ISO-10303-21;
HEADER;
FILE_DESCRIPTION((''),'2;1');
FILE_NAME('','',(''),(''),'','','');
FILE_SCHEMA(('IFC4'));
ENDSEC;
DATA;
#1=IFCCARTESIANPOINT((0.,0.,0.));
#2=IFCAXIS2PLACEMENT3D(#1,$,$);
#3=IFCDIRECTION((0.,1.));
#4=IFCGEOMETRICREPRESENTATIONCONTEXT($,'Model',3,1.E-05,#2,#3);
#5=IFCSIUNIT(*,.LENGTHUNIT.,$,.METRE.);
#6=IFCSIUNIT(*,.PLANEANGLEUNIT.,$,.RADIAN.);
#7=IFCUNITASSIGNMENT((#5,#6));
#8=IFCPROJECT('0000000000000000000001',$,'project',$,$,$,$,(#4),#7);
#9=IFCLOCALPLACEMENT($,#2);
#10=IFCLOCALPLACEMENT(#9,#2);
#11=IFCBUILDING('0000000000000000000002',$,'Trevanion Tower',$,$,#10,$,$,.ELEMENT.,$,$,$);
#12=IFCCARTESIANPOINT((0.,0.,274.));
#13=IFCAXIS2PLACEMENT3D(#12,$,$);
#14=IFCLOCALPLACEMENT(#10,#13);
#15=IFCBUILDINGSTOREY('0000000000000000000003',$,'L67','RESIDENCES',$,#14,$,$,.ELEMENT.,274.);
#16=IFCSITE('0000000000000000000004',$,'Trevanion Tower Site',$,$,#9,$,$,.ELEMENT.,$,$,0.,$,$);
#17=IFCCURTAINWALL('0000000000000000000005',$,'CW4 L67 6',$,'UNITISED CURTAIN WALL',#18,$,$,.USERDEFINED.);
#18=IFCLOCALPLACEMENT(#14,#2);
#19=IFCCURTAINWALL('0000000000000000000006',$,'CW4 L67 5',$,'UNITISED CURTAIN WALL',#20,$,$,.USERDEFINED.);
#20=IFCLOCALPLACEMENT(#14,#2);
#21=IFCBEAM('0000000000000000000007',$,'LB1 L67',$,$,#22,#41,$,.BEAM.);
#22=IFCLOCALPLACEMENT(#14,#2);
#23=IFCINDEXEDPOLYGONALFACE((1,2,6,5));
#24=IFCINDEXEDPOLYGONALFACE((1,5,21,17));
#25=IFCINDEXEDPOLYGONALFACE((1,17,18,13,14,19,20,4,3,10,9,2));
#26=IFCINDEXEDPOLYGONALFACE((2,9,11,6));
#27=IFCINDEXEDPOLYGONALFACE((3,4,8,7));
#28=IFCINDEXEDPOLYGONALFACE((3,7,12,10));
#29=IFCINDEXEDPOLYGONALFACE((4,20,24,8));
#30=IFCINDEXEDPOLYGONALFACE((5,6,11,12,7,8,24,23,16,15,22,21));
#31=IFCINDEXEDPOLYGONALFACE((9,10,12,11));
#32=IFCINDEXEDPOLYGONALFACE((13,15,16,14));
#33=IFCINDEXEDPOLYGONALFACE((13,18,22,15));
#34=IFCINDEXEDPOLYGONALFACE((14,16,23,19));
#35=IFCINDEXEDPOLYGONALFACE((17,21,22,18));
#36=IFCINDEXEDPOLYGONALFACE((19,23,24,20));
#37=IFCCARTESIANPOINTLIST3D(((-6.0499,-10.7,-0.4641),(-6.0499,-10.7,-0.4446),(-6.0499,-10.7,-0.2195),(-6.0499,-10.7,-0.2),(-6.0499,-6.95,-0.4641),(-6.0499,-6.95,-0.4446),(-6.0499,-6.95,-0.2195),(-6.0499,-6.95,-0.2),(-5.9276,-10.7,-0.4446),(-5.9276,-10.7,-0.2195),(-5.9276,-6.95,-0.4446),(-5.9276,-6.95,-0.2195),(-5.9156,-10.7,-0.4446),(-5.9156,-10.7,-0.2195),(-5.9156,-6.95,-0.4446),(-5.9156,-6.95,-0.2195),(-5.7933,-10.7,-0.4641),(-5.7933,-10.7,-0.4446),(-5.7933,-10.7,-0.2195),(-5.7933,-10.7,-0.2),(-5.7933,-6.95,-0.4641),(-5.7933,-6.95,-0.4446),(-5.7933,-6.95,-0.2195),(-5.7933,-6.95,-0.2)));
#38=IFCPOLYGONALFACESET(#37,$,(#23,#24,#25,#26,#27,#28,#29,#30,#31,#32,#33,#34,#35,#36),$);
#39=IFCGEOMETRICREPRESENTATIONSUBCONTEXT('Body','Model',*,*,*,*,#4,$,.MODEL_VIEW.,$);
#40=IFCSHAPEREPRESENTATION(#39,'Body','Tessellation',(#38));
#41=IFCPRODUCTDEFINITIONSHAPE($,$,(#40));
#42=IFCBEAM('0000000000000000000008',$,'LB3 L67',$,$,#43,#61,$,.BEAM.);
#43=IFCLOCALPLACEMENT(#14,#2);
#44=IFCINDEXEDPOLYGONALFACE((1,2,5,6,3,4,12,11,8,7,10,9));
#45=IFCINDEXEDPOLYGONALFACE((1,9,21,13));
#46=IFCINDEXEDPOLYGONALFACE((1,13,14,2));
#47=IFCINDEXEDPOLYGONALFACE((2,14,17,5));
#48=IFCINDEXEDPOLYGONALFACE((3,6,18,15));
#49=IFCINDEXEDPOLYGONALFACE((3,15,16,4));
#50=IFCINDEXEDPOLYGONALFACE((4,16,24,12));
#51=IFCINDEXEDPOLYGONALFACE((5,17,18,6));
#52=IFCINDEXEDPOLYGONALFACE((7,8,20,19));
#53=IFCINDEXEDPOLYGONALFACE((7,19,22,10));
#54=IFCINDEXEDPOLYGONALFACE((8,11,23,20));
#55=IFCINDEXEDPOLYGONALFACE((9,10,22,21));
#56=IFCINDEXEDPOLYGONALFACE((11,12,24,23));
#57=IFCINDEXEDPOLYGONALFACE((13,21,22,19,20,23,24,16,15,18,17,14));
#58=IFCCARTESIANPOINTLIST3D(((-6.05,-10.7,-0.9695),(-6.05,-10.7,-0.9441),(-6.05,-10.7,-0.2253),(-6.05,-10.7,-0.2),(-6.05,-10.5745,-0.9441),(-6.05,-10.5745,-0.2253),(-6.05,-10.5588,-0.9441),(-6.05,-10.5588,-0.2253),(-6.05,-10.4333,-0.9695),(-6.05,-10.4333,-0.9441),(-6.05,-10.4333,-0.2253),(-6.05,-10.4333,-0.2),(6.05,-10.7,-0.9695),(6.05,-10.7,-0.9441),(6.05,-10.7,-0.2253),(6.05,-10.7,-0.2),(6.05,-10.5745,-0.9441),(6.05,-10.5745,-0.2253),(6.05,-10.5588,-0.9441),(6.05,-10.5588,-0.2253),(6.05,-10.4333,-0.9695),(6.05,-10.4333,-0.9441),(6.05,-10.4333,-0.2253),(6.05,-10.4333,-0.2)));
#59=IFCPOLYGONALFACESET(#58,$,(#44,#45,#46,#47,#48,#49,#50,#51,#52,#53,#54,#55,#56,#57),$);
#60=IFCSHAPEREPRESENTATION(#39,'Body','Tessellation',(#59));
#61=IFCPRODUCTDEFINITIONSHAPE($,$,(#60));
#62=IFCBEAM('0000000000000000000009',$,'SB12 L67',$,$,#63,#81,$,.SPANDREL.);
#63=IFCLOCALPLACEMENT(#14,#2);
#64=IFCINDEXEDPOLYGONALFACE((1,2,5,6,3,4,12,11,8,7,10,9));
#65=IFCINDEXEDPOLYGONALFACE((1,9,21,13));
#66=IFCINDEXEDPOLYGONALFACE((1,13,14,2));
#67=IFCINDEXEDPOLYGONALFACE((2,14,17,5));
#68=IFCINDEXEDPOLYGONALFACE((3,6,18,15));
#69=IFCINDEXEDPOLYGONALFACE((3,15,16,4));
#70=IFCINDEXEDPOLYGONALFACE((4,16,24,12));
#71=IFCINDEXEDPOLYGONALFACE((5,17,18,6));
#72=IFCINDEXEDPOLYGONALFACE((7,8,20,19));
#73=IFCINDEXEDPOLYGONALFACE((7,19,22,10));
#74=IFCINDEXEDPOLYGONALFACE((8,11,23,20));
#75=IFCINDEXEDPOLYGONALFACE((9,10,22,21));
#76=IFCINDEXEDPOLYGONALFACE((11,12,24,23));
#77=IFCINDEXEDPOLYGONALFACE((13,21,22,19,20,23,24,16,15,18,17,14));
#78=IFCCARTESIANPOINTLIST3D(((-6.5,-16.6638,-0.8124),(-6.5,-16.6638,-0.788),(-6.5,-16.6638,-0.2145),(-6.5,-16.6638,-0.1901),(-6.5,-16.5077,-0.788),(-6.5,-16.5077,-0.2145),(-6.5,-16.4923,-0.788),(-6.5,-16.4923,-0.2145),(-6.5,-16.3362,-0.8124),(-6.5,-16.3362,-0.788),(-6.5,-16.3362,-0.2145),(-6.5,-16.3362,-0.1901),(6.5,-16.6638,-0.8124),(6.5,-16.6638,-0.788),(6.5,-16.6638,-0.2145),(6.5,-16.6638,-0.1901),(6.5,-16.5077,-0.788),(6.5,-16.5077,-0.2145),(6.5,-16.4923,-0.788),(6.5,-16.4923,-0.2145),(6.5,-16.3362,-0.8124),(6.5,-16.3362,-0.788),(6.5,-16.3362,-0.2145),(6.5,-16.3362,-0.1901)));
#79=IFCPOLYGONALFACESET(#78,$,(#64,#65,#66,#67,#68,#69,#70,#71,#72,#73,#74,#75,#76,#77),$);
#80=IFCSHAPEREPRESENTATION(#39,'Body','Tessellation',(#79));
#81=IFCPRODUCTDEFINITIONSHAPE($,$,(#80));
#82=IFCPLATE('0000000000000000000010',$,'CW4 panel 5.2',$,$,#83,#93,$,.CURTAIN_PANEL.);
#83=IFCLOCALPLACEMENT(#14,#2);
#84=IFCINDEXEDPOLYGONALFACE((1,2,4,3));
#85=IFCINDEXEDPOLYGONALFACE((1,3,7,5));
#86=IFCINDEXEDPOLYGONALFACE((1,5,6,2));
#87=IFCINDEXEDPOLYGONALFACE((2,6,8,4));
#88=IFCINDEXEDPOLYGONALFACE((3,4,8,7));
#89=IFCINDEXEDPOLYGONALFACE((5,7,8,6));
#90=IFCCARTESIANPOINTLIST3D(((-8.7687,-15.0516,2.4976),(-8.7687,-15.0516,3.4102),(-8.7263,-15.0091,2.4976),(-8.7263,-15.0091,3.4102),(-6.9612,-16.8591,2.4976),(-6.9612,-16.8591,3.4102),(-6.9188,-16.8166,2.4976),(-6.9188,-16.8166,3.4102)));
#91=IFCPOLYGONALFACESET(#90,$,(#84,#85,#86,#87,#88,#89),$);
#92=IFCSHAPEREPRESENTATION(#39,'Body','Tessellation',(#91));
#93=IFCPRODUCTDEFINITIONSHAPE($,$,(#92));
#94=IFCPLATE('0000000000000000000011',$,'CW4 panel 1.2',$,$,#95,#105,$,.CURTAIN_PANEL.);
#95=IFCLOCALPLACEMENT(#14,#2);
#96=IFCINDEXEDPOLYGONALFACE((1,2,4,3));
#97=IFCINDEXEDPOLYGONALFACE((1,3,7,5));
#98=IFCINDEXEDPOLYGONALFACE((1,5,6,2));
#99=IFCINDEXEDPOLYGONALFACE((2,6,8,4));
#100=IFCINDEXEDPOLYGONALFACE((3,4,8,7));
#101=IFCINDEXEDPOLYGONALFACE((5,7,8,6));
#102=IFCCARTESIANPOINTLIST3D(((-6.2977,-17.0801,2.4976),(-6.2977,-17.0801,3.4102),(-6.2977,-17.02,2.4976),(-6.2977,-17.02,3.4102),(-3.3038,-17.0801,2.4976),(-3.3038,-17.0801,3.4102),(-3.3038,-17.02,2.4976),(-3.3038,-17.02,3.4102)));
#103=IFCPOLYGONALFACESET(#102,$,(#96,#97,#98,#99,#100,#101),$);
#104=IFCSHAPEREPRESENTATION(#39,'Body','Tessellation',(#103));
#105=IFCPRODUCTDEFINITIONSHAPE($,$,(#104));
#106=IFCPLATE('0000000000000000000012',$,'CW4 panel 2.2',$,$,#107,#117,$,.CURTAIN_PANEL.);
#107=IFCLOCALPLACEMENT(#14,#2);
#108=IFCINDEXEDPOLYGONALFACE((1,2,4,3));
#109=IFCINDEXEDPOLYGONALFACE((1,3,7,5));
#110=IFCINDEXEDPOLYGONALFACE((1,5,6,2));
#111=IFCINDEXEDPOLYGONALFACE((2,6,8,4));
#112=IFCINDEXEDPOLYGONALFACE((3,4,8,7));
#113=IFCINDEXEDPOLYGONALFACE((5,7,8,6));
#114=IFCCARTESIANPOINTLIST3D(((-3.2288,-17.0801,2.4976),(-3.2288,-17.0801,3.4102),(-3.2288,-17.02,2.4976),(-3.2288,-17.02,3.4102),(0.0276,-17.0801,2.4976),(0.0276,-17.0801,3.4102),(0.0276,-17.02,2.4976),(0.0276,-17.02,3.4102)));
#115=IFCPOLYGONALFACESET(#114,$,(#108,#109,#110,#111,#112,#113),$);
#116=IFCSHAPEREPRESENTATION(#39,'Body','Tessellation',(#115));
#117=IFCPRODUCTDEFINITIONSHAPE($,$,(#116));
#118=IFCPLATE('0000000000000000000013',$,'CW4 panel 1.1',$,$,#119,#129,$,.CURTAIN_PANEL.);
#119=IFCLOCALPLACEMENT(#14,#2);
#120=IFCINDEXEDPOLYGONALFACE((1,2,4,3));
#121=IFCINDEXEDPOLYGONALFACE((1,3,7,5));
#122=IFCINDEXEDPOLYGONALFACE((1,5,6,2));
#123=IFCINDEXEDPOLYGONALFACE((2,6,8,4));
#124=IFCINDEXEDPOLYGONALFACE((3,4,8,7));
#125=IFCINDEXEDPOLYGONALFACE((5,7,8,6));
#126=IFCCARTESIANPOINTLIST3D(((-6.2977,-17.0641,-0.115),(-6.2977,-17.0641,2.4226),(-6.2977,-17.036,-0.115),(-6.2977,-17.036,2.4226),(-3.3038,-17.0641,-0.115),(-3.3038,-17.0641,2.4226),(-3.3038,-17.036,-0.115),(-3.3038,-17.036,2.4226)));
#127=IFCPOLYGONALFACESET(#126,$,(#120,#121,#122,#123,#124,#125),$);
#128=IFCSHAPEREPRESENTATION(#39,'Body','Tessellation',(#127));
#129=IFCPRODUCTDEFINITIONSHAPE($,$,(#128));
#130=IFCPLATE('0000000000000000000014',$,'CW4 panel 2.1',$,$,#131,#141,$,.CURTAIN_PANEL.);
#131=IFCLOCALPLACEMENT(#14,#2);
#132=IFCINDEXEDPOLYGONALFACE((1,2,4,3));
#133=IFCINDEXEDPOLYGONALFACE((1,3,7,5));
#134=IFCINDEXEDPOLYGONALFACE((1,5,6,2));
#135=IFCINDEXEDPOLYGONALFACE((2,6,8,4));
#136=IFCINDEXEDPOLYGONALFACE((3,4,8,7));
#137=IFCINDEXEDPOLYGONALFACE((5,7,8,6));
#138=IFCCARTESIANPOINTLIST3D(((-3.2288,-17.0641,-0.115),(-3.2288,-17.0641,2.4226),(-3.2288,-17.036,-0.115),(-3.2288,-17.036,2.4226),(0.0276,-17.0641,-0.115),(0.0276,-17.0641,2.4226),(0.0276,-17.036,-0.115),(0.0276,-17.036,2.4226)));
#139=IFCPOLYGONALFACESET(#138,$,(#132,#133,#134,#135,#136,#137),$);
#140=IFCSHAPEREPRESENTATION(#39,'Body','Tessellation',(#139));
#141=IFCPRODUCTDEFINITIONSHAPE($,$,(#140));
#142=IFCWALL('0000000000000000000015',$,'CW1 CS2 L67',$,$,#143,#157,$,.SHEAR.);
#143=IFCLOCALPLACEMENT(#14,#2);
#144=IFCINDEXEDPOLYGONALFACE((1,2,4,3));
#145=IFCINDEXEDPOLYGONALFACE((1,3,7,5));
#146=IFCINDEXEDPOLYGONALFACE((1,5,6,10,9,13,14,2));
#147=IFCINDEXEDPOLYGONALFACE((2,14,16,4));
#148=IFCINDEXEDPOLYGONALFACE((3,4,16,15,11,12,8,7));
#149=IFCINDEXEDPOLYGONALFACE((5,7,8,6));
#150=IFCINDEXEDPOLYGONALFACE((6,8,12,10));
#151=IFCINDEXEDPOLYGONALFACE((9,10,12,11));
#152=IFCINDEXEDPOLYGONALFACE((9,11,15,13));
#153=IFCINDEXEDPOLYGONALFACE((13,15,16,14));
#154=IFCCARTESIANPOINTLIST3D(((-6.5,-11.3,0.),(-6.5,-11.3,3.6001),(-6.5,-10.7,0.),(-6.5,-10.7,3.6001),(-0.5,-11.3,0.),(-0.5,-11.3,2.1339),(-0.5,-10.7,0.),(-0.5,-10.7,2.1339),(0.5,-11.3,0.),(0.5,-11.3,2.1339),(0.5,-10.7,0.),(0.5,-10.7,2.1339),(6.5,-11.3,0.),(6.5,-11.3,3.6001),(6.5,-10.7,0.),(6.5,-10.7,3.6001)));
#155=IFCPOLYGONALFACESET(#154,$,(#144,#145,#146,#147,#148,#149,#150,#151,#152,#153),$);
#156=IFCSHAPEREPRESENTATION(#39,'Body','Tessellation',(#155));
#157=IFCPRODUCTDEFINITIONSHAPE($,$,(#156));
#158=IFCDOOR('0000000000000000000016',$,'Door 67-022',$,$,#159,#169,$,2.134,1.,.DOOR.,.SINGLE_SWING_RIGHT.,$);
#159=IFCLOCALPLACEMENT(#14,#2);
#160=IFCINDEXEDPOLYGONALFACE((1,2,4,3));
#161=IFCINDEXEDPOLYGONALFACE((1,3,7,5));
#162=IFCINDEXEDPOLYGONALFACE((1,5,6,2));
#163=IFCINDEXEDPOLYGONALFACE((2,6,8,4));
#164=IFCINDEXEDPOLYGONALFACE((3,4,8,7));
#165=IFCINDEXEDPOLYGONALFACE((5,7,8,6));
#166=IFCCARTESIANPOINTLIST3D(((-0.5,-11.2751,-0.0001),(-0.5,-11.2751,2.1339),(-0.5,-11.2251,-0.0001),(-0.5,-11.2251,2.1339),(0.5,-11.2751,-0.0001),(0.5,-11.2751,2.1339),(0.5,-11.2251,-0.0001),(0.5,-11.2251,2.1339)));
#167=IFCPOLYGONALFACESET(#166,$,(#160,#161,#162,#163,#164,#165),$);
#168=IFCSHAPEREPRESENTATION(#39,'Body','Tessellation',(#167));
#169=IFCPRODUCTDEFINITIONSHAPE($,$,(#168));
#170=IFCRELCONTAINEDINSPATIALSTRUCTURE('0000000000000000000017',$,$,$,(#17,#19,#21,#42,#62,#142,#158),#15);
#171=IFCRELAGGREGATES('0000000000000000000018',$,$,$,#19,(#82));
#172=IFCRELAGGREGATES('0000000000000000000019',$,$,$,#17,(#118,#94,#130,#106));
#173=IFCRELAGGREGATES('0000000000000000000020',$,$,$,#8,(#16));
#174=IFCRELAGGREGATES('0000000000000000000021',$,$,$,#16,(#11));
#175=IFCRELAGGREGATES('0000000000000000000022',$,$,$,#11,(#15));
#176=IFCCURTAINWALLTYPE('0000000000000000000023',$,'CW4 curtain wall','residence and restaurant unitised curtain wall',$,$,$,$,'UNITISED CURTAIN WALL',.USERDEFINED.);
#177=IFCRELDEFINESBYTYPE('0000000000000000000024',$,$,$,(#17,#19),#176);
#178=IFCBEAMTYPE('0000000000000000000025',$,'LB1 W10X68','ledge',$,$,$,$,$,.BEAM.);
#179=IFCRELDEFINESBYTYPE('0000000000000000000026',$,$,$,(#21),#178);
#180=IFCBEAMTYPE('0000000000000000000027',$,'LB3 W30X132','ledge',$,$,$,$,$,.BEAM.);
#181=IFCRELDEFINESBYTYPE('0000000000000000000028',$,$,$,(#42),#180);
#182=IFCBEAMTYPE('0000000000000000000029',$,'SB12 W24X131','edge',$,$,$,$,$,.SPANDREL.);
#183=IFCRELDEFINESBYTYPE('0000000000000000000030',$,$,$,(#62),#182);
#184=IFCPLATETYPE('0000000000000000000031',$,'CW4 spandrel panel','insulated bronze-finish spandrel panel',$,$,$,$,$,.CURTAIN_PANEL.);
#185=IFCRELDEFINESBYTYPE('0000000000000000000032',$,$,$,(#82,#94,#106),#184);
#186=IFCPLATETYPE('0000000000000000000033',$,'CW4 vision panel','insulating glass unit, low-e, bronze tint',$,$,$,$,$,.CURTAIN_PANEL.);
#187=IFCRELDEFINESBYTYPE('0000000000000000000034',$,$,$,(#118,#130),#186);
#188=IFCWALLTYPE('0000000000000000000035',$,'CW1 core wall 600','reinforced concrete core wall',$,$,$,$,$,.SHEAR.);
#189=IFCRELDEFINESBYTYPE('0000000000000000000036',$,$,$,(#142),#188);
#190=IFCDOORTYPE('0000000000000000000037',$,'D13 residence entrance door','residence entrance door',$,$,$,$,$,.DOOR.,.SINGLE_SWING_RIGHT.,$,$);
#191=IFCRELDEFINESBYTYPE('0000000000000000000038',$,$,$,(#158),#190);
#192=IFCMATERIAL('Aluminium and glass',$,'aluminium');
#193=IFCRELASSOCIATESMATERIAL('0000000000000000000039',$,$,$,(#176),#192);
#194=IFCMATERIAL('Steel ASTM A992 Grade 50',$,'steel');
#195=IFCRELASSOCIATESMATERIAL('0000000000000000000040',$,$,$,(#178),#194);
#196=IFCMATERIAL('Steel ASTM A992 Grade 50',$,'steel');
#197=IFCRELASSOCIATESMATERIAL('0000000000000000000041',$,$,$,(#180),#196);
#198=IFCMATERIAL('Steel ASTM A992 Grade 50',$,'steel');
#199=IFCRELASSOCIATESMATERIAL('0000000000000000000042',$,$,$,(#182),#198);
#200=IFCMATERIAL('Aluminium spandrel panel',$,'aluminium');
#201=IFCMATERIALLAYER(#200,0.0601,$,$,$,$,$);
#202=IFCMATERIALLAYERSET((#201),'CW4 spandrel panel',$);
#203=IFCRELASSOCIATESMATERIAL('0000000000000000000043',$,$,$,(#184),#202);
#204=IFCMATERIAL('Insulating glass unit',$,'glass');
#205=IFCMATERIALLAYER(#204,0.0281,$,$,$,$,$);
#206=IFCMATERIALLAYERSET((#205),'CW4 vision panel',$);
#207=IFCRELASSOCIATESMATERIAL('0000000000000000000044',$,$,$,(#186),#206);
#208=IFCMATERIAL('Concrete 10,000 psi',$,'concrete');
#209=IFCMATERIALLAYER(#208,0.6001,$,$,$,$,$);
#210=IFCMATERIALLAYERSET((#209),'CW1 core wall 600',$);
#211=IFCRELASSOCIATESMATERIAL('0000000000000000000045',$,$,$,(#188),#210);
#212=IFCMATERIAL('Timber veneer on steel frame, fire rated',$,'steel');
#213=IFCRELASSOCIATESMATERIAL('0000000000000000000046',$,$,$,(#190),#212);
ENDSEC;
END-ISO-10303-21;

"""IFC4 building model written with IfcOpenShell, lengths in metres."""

from ifc_helpers import new_model, si_unit, direction, frame, frame_2d, origin, origin_2d, place, context, subcontext, project, spatial, rectangle, i_section, extrude, material, layer, layer_set, material_profile, profile_set, type_object, element, fill, aggregate, save


model = new_model("IFC4")

# Units and contexts
model_context = context("Model", 3, precision=1e-05, world=origin(), true_north=direction((0.0, 1.0)))
body_context = subcontext(model_context, "Body", "Model", "MODEL_VIEW")
ifc_project = project(units=[si_unit("LENGTHUNIT", "METRE"), si_unit("PLANEANGLEUNIT", "RADIAN")], contexts=[model_context])

# Site, building, storey
site_placement = place(None, origin())
site = spatial("IfcSite", under=ifc_project, at=site_placement, Name="Trevanion Tower Site", CompositionType="ELEMENT", RefElevation=0.0)
building_placement = place(site_placement, origin())
building = spatial("IfcBuilding", under=site, at=building_placement, Name="Trevanion Tower", CompositionType="ELEMENT")
storey_placement = place(building_placement, frame((0.0, 0.0, 274.0)))
storey = spatial("IfcBuildingStorey", under=building, at=storey_placement, Name="L67", Description="RESIDENCES", CompositionType="ELEMENT", Elevation=274.0)

# Curtain walls
ifc_material_1 = material(Name="Aluminium and glass", Category="aluminium")
curtain_wall_type = type_object("IfcCurtainWallType", Name="CW4 curtain wall", Description="residence and restaurant unitised curtain wall", ElementType="UNITISED CURTAIN WALL", PredefinedType="USERDEFINED", material=ifc_material_1)
curtain_wall_1_placement = place(storey_placement, origin())
curtain_wall_1 = element("IfcCurtainWall", 1, at=curtain_wall_1_placement, inside=storey, type_object=curtain_wall_type, Name="CW4 L67 6", ObjectType="UNITISED CURTAIN WALL", PredefinedType="USERDEFINED")
curtain_wall_2_placement = place(storey_placement, origin())
curtain_wall_2 = element("IfcCurtainWall", 2, at=curtain_wall_2_placement, inside=storey, type_object=curtain_wall_type, Name="CW4 L67 5", ObjectType="UNITISED CURTAIN WALL", PredefinedType="USERDEFINED")

# Beams
ifc_material_2 = material(Name="Steel ASTM A992 Grade 50", Category="steel")
ifc_material_profile_1 = material_profile(ifc_material_2, i_section(OverallWidth=0.2566, OverallDepth=0.2642, WebThickness=0.012, FlangeThickness=0.0195, at=origin_2d()), Name="W10X68")
ifc_profile_set_1 = profile_set([ifc_material_profile_1], Name="Steel ASTM A992 Grade 50")
beam_type_1 = type_object("IfcBeamType", Name="LB1 W10X68", Description="ledge", PredefinedType="BEAM", material=ifc_profile_set_1)
beam_1_placement = place(storey_placement, frame((-5.9216, -10.7, -0.332), z_axis=(0.0, 1.0, 0.0), x_axis=(-1.0, 0.0, 0.0)))
element("IfcBeam", 3, at=beam_1_placement, inside=storey, type_object=beam_type_1, Name="LB1 L67", PredefinedType="BEAM", context=body_context, shape_type="SweptSolid", body=[
    extrude(i_section(OverallWidth=0.2566, OverallDepth=0.2642, WebThickness=0.012, FlangeThickness=0.0195, at=origin_2d()), origin(), (0.0, 0.0, 1.0), 3.75),
])
ifc_material_3 = material(Name="Steel ASTM A992 Grade 50", Category="steel")
ifc_material_profile_2 = material_profile(ifc_material_3, i_section(OverallWidth=0.2666, OverallDepth=0.7695, WebThickness=0.0156, FlangeThickness=0.0254, at=origin_2d()), Name="W30X132")
ifc_profile_set_2 = profile_set([ifc_material_profile_2], Name="Steel ASTM A992 Grade 50")
beam_type_2 = type_object("IfcBeamType", Name="LB3 W30X132", Description="ledge", PredefinedType="BEAM", material=ifc_profile_set_2)
beam_2_placement = place(storey_placement, frame((-6.05, -10.5667, -0.5847), z_axis=(1.0, 0.0, 0.0), x_axis=(0.0, 1.0, 0.0)))
element("IfcBeam", 4, at=beam_2_placement, inside=storey, type_object=beam_type_2, Name="LB3 L67", PredefinedType="BEAM", context=body_context, shape_type="SweptSolid", body=[
    extrude(i_section(OverallWidth=0.2666, OverallDepth=0.7695, WebThickness=0.0156, FlangeThickness=0.0254, at=origin_2d()), origin(), (0.0, 0.0, 1.0), 12.1001),
])
ifc_material_4 = material(Name="Steel ASTM A992 Grade 50", Category="steel")
ifc_material_profile_3 = material_profile(ifc_material_4, i_section(OverallWidth=0.3276, OverallDepth=0.6223, WebThickness=0.0154, FlangeThickness=0.0244, at=origin_2d()), Name="W24X131")
ifc_profile_set_3 = profile_set([ifc_material_profile_3], Name="Steel ASTM A992 Grade 50")
beam_type_3 = type_object("IfcBeamType", Name="SB12 W24X131", Description="edge", PredefinedType="SPANDREL", material=ifc_profile_set_3)
beam_3_placement = place(storey_placement, frame((-6.5, -16.5, -0.5012), z_axis=(1.0, 0.0, 0.0), x_axis=(0.0, 1.0, 0.0)))
element("IfcBeam", 5, at=beam_3_placement, inside=storey, type_object=beam_type_3, Name="SB12 L67", PredefinedType="SPANDREL", context=body_context, shape_type="SweptSolid", body=[
    extrude(i_section(OverallWidth=0.3276, OverallDepth=0.6223, WebThickness=0.0154, FlangeThickness=0.0244, at=origin_2d()), origin(), (0.0, 0.0, 1.0), 13.0),
])

# Plates
ifc_material_5 = material(Name="Aluminium spandrel panel", Category="aluminium")
ifc_layer_1 = layer(ifc_material_5, 0.0601)
ifc_layer_set_1 = layer_set([ifc_layer_1], Name="CW4 spandrel panel")
plate_type_1 = type_object("IfcPlateType", Name="CW4 spandrel panel", Description="insulated bronze-finish spandrel panel", PredefinedType="CURTAIN_PANEL", material=ifc_layer_set_1)
plate_1_placement = place(storey_placement, frame((-7.8438, -15.9341, 2.4976), z_axis=(0.0, 0.0, 1.0), x_axis=(0.707107, -0.707107, 0.0)))
plate_1 = element("IfcPlate", 6, at=plate_1_placement, type_object=plate_type_1, Name="CW4 panel 5.2", PredefinedType="CURTAIN_PANEL", context=body_context, shape_type="SweptSolid", body=[
    extrude(rectangle(XDim=2.5562, YDim=0.0601, at=origin_2d()), origin(), (0.0, 0.0, 1.0), 0.9126),
])
aggregate(curtain_wall_2, [plate_1])
plate_2_placement = place(storey_placement, frame((-4.8008, -17.05, 2.4976), z_axis=(0.0, 0.0, 1.0), x_axis=(1.0, 0.0, 0.0)))
plate_2 = element("IfcPlate", 7, at=plate_2_placement, type_object=plate_type_1, Name="CW4 panel 1.2", PredefinedType="CURTAIN_PANEL", context=body_context, shape_type="SweptSolid", body=[
    extrude(rectangle(XDim=2.9939, YDim=0.0601, at=origin_2d()), origin(), (0.0, 0.0, 1.0), 0.9126),
])
plate_3_placement = place(storey_placement, frame((-1.6006, -17.05, 2.4976), z_axis=(0.0, 0.0, 1.0), x_axis=(1.0, 0.0, 0.0)))
plate_3 = element("IfcPlate", 8, at=plate_3_placement, type_object=plate_type_1, Name="CW4 panel 2.2", PredefinedType="CURTAIN_PANEL", context=body_context, shape_type="SweptSolid", body=[
    extrude(rectangle(XDim=3.2563, YDim=0.0601, at=origin_2d()), origin(), (0.0, 0.0, 1.0), 0.9126),
])
ifc_material_6 = material(Name="Insulating glass unit", Category="glass")
ifc_layer_2 = layer(ifc_material_6, 0.0281)
ifc_layer_set_2 = layer_set([ifc_layer_2], Name="CW4 vision panel")
plate_type_2 = type_object("IfcPlateType", Name="CW4 vision panel", Description="insulating glass unit, low-e, bronze tint", PredefinedType="CURTAIN_PANEL", material=ifc_layer_set_2)
plate_4_placement = place(storey_placement, frame((-4.8008, -17.05, -0.115), z_axis=(0.0, 0.0, 1.0), x_axis=(1.0, 0.0, 0.0)))
plate_4 = element("IfcPlate", 9, at=plate_4_placement, type_object=plate_type_2, Name="CW4 panel 1.1", PredefinedType="CURTAIN_PANEL", context=body_context, shape_type="SweptSolid", body=[
    extrude(rectangle(XDim=2.9939, YDim=0.0281, at=origin_2d()), origin(), (0.0, 0.0, 1.0), 2.5376),
])
plate_5_placement = place(storey_placement, frame((-1.6006, -17.05, -0.115), z_axis=(0.0, 0.0, 1.0), x_axis=(1.0, 0.0, 0.0)))
plate_5 = element("IfcPlate", 10, at=plate_5_placement, type_object=plate_type_2, Name="CW4 panel 2.1", PredefinedType="CURTAIN_PANEL", context=body_context, shape_type="SweptSolid", body=[
    extrude(rectangle(XDim=3.2563, YDim=0.0281, at=origin_2d()), origin(), (0.0, 0.0, 1.0), 2.5376),
])
aggregate(curtain_wall_1, [plate_4, plate_2, plate_5, plate_3])

# Wall, opening, door
ifc_material_7 = material(Name="Concrete 10,000 psi", Category="concrete")
ifc_layer_3 = layer(ifc_material_7, 0.6001)
ifc_layer_set_3 = layer_set([ifc_layer_3], Name="CW1 core wall 600")
wall_type_1 = type_object("IfcWallType", Name="CW1 core wall 600", Description="reinforced concrete core wall", PredefinedType="SHEAR", material=ifc_layer_set_3)
wall_1_placement = place(storey_placement, frame((-6.5, -11.0, 0.0), z_axis=(0.0, 0.0, 1.0), x_axis=(1.0, 0.0, 0.0)))
wall_1 = element("IfcWall", 11, at=wall_1_placement, inside=storey, type_object=wall_type_1, Name="CW1 CS2 L67", PredefinedType="SHEAR", context=body_context, shape_type="SweptSolid", body=[
    extrude(rectangle(XDim=13.0, YDim=0.6001, at=frame_2d((6.5, 0.0))), origin(), (0.0, 0.0, 1.0), 3.6001),
])
opening_1_placement = place(wall_1_placement, frame((6.0, 0.0, 0.0)))
opening_1 = element("IfcOpeningElement", 12, at=opening_1_placement, cuts=wall_1, PredefinedType="OPENING", context=body_context, shape_type="SweptSolid", body=[
    extrude(rectangle(XDim=1.0, YDim=2.134, at=frame_2d((0.5, 1.0669))), frame((0.0, 0.3101, 0.0), z_axis=(0.0, -1.0, 0.0), x_axis=(1.0, 0.0, 0.0)), (0.0, 0.0, 1.0), 0.6201),
])
ifc_material_8 = material(Name="Timber veneer on steel frame, fire rated", Category="steel")
door_type_1 = type_object("IfcDoorType", Name="D13 residence entrance door", Description="residence entrance door", OperationType="SINGLE_SWING_RIGHT", PredefinedType="DOOR", material=ifc_material_8)
door_1_placement = place(opening_1_placement, origin())
door_1 = element("IfcDoor", 13, at=door_1_placement, inside=storey, type_object=door_type_1, Name="Door 67-022", OperationType="SINGLE_SWING_RIGHT", OverallHeight=2.134, OverallWidth=1.0, PredefinedType="DOOR", context=body_context, shape_type="SweptSolid", body=[
    extrude(rectangle(XDim=1.0, YDim=2.134, at=frame_2d((0.5, 1.0669))), frame((0.0, -0.2251, 0.0), z_axis=(0.0, -1.0, 0.0), x_axis=(1.0, 0.0, 0.0)), (0.0, 0.0, 1.0), 0.05),
])
fill(opening_1, door_1)

save(model, "model.ifc")
